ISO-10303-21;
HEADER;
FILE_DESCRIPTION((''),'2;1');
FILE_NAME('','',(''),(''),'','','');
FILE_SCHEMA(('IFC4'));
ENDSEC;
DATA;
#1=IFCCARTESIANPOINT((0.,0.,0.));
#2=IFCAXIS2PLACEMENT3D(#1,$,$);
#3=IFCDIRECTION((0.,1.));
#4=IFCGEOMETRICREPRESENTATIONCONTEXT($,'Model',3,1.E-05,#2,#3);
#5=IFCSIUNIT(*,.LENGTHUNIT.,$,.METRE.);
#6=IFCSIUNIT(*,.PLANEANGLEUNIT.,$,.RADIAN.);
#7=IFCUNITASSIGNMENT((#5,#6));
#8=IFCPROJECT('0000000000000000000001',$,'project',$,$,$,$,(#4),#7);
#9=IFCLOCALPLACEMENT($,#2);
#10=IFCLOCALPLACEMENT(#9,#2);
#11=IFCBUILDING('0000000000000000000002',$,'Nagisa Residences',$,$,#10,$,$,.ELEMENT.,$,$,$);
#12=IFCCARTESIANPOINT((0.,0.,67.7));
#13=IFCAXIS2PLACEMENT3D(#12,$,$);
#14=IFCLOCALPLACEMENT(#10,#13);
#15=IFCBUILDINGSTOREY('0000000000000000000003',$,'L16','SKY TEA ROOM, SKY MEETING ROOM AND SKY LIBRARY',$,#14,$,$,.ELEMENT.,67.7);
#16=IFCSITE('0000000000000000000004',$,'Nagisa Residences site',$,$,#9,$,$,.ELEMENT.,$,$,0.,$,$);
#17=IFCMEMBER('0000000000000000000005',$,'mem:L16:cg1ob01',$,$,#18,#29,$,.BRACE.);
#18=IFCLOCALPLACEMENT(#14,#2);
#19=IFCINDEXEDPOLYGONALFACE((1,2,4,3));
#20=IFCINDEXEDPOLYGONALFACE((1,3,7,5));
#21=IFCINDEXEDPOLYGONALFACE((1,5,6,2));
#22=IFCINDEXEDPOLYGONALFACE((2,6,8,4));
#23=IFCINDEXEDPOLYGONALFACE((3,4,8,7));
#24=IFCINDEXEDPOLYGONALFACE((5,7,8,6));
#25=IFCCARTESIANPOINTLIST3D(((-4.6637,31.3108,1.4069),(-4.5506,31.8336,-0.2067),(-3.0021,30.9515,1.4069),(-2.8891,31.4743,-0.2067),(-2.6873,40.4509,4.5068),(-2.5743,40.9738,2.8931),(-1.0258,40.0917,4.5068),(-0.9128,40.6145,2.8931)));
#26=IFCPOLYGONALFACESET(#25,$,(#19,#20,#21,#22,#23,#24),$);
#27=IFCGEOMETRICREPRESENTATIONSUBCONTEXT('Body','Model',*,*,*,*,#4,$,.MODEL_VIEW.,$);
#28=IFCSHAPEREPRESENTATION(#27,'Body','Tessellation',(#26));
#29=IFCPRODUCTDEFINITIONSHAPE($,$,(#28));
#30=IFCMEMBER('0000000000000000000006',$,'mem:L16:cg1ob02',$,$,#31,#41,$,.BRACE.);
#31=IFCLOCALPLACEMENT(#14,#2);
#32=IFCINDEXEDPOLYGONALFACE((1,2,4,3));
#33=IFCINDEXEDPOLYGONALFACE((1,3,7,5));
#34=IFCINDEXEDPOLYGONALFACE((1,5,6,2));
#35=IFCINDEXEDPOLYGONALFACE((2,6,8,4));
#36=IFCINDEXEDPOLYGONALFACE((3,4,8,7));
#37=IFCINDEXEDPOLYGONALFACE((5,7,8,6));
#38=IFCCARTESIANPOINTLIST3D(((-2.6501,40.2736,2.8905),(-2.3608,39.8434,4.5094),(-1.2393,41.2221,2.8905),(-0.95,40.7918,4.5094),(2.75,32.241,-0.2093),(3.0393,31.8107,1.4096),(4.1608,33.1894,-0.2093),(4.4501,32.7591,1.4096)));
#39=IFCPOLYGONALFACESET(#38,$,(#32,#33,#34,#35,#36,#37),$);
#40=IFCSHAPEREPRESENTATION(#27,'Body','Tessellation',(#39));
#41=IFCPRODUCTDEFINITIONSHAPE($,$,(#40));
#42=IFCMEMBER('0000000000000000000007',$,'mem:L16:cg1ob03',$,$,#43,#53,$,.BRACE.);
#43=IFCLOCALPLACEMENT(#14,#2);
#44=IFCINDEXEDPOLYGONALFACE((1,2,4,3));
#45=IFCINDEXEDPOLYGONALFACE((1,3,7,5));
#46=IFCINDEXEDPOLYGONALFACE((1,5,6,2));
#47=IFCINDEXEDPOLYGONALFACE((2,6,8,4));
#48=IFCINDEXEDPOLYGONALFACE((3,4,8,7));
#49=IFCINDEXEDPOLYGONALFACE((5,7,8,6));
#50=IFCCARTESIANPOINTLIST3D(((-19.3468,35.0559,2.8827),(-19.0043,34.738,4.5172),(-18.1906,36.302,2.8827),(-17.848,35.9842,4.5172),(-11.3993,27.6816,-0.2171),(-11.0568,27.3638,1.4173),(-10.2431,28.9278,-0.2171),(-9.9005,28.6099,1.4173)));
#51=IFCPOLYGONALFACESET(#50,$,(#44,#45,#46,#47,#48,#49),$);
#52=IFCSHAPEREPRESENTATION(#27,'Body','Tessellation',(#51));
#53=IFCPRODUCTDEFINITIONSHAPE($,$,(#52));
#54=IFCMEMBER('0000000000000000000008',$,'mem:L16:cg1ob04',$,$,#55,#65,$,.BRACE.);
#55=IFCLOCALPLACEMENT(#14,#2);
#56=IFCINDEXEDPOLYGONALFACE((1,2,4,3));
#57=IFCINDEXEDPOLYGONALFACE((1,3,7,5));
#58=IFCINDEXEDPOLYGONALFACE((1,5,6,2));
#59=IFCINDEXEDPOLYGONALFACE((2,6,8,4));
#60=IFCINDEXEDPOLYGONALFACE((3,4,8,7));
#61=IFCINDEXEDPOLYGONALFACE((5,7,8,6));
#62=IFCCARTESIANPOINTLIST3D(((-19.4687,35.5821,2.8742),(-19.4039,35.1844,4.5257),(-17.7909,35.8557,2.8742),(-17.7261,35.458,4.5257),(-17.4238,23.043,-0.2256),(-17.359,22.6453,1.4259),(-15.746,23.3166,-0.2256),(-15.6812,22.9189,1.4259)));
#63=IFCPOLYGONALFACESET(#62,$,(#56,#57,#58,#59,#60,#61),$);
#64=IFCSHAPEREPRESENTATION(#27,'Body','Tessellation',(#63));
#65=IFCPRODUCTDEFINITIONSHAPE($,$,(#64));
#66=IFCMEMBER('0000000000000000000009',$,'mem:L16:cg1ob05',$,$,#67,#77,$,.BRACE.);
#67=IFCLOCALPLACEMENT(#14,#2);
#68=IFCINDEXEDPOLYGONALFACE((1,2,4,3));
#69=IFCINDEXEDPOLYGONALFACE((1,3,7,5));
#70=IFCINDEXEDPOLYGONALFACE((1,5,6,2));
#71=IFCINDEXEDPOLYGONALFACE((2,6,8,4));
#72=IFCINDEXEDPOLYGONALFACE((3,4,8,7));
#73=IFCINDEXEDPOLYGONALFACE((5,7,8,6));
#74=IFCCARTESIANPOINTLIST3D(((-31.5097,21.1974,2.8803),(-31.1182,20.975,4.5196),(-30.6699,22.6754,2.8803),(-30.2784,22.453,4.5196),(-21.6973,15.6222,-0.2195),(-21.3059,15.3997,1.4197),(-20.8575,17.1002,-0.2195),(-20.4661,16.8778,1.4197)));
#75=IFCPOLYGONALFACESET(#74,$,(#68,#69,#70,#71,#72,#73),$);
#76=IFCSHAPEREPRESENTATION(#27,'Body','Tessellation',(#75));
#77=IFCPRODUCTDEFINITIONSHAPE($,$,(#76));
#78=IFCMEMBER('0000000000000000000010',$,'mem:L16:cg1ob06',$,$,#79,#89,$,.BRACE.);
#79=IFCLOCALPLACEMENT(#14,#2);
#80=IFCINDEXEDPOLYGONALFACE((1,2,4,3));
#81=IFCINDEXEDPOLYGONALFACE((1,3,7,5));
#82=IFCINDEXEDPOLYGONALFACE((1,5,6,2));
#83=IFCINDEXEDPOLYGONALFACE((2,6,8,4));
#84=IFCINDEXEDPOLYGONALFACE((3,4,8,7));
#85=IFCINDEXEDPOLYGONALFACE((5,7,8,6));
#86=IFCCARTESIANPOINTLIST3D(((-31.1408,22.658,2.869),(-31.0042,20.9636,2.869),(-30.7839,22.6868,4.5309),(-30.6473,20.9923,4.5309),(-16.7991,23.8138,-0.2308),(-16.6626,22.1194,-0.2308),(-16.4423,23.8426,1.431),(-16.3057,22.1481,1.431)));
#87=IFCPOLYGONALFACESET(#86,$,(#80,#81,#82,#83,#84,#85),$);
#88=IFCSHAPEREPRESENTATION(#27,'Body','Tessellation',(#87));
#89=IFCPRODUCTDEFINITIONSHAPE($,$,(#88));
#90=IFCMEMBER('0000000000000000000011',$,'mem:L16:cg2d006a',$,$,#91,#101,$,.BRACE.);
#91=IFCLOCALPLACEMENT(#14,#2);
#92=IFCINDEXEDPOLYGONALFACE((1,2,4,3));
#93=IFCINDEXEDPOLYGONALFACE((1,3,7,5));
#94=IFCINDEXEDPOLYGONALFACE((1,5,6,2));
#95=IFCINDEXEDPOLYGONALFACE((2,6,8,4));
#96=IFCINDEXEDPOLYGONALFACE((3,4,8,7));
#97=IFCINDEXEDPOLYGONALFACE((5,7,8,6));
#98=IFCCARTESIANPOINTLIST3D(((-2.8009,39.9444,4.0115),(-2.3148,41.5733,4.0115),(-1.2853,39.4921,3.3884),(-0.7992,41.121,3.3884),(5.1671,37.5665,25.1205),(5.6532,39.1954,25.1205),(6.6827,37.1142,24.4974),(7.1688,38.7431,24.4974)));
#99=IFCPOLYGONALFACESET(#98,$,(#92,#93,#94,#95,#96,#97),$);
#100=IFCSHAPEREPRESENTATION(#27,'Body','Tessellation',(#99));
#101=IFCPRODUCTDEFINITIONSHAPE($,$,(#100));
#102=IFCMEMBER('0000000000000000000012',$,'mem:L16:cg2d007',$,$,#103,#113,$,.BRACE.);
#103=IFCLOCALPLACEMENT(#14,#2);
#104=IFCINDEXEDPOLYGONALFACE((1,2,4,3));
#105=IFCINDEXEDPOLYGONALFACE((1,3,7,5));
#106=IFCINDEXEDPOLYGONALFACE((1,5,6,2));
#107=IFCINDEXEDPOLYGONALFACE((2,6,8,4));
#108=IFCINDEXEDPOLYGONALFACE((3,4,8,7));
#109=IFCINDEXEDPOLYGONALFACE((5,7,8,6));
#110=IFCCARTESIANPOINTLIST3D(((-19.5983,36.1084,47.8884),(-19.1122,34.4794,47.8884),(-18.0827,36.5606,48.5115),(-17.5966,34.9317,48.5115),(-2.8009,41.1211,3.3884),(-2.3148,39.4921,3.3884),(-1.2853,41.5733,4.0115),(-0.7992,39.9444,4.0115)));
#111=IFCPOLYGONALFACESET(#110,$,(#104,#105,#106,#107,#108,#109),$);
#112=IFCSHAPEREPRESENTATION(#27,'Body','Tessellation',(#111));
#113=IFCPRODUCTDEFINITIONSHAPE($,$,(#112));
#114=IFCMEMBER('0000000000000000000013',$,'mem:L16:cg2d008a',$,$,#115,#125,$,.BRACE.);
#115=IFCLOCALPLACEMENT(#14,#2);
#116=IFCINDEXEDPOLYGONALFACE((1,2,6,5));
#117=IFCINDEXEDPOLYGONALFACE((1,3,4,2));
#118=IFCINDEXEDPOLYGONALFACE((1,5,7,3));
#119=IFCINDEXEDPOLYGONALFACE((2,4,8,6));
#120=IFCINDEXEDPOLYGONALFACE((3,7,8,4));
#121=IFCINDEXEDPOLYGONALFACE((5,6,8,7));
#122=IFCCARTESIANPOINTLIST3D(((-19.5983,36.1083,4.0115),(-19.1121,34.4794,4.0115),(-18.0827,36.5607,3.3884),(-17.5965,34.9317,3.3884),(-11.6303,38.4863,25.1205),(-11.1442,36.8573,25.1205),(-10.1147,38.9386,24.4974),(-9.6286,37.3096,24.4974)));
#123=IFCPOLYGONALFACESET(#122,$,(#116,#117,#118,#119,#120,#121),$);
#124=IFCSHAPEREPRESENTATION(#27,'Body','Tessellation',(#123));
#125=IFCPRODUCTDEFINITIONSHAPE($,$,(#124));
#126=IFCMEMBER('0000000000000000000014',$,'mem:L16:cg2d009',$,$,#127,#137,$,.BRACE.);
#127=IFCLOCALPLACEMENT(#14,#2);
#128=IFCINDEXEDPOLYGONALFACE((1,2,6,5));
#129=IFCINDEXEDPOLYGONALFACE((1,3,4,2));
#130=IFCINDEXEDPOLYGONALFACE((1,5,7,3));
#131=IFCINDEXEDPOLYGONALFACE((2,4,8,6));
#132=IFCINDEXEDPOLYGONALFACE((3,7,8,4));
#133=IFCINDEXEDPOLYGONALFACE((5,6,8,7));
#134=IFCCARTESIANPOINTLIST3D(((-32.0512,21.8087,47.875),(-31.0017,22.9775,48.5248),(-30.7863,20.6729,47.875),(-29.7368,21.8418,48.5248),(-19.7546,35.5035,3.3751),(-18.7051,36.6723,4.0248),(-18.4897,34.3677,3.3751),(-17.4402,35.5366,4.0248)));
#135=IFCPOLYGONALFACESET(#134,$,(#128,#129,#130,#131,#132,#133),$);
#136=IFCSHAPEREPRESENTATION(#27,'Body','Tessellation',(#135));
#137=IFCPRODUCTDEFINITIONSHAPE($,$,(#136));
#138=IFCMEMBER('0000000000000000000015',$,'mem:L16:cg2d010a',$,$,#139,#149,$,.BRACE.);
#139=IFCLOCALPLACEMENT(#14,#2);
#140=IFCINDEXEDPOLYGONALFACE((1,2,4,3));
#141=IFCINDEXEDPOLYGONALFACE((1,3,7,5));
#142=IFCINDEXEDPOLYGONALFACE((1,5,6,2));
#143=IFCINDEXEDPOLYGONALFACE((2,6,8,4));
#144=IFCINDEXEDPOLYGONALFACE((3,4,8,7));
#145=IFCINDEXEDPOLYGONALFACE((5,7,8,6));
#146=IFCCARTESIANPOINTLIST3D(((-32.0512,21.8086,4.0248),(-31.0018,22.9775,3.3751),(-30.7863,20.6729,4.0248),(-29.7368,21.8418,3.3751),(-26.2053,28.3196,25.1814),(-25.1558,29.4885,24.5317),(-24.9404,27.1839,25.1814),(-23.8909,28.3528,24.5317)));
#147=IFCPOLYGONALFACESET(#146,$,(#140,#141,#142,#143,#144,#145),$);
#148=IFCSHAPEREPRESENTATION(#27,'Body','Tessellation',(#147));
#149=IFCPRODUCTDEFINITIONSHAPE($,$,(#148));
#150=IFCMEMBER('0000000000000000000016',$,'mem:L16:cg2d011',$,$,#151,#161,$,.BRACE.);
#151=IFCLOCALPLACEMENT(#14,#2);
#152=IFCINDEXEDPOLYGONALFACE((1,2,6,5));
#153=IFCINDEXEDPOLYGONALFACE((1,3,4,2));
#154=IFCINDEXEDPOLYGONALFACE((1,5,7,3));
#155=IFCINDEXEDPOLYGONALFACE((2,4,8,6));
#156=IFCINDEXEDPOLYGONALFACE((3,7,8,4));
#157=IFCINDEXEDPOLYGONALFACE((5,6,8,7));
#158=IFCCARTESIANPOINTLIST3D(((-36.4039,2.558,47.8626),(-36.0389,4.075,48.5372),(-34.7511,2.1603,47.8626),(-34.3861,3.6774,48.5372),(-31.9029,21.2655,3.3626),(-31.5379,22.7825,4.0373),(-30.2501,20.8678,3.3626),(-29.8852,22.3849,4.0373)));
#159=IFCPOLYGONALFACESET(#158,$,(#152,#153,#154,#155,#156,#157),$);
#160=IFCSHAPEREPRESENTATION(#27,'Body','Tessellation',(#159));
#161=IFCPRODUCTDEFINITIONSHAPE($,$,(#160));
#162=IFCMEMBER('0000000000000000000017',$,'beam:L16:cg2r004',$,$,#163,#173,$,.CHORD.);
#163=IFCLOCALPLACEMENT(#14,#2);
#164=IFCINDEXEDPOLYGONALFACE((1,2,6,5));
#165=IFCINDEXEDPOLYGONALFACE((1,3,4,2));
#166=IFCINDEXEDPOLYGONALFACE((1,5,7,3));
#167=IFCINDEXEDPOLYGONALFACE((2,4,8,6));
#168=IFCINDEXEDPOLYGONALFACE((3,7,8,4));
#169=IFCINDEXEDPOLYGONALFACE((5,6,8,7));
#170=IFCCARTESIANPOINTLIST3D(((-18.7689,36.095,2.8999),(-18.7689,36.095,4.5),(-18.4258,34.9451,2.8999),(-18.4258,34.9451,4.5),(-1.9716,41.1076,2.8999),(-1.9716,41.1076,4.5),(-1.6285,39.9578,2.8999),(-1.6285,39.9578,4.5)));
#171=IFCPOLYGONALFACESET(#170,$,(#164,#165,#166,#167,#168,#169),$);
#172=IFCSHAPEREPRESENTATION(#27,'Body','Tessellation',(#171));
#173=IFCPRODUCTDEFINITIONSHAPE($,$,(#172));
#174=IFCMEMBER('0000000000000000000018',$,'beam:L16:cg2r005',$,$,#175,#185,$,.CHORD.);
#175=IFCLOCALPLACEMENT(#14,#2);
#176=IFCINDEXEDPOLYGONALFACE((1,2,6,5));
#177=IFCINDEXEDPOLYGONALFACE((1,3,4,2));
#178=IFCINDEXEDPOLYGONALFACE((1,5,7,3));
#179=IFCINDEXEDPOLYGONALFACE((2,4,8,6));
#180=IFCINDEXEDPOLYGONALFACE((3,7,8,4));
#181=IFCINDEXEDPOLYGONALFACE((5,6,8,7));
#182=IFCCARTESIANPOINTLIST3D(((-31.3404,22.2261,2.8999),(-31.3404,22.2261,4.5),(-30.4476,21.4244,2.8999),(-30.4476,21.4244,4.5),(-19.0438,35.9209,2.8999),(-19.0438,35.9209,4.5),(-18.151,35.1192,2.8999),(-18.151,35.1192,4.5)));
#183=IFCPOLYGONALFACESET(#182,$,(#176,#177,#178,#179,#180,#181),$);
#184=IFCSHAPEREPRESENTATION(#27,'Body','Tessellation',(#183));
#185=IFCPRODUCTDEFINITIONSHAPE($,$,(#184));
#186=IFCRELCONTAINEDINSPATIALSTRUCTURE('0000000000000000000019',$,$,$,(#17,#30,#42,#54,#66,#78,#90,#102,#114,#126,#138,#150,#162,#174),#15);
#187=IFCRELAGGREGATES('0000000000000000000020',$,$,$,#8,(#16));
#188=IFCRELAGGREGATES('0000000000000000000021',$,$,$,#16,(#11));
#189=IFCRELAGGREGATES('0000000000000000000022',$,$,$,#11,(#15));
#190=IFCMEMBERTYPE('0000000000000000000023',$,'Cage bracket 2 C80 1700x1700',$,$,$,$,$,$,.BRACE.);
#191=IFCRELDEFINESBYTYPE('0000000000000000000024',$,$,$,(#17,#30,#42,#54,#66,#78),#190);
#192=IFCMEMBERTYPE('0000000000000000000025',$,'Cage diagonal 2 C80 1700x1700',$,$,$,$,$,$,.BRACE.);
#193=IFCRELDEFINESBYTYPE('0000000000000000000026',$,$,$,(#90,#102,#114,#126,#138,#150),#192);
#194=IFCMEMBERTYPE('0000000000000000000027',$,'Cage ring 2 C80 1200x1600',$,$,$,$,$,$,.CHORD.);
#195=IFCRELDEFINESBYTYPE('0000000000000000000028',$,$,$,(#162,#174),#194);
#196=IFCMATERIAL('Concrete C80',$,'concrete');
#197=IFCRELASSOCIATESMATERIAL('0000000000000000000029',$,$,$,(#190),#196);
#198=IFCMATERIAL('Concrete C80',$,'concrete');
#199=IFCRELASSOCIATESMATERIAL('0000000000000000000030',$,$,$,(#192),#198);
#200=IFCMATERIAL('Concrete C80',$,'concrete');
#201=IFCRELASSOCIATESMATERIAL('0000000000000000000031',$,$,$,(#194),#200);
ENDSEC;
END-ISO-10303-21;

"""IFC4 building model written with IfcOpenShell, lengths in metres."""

from ifc_helpers import new_model, si_unit, direction, frame, origin, origin_2d, place, context, subcontext, project, spatial, rectangle, extrude, material, material_profile, profile_set, type_object, element, save


model = new_model("IFC4")

# Units and contexts
model_context = context("Model", 3, precision=1e-05, world=origin(), true_north=direction((0.0, 1.0)))
body_context = subcontext(model_context, "Body", "Model", "MODEL_VIEW")
ifc_project = project(units=[si_unit("LENGTHUNIT", "METRE"), si_unit("PLANEANGLEUNIT", "RADIAN")], contexts=[model_context])

# Site, building, storey
site_placement = place(None, origin())
site = spatial("IfcSite", under=ifc_project, at=site_placement, Name="Nagisa Residences site", CompositionType="ELEMENT", RefElevation=0.0)
building_placement = place(site_placement, origin())
building = spatial("IfcBuilding", under=site, at=building_placement, Name="Nagisa Residences", CompositionType="ELEMENT")
storey_placement = place(building_placement, frame((0.0, 0.0, 67.7)))
storey = spatial("IfcBuildingStorey", under=building, at=storey_placement, Name="L16", Description="SKY TEA ROOM, SKY MEETING ROOM AND SKY LIBRARY", CompositionType="ELEMENT", Elevation=67.7)

# Members
ifc_material_1 = material(Name="Concrete C80", Category="concrete")
ifc_material_profile_1 = material_profile(ifc_material_1, rectangle(XDim=1.7, YDim=1.7, at=origin_2d()), Name="C80 1700x1700")
ifc_profile_set_1 = profile_set([ifc_material_profile_1], Name="Concrete C80")
member_type_1 = type_object("IfcMemberType", Name="Cage bracket 2 C80 1700x1700", PredefinedType="BRACE", material=ifc_profile_set_1)
member_1_placement = place(storey_placement, frame((-1.8, 40.5327, 3.7), z_axis=(-0.200606, -0.927768, -0.31465), x_axis=(0.977413, -0.21134, 0.0)))
element("IfcMember", 1, at=member_1_placement, inside=storey, type_object=member_type_1, Name="mem:L16:cg1ob01", PredefinedType="BRACE", context=body_context, shape_type="SweptSolid", body=[
    extrude(rectangle(XDim=1.7, YDim=1.7, at=origin_2d()), origin(), (0.0, 0.0, 1.0), 9.8518),
])
member_2_placement = place(storey_placement, frame((-1.8, 40.5327, 3.7), z_axis=(0.531331, -0.790355, -0.305001), x_axis=(0.829898, 0.557915, 0.0)))
element("IfcMember", 2, at=member_2_placement, inside=storey, type_object=member_type_1, Name="mem:L16:cg1ob02", PredefinedType="BRACE", context=body_context, shape_type="SweptSolid", body=[
    extrude(rectangle(XDim=1.7, YDim=1.7, at=origin_2d()), origin(), (0.0, 0.0, 1.0), 10.1633),
])
member_3_placement = place(storey_placement, frame((-18.5974, 35.52, 3.7), z_axis=(0.704806, -0.65397, -0.274903), x_axis=(0.680176, 0.733049, 0.0)))
element("IfcMember", 3, at=member_3_placement, inside=storey, type_object=member_type_1, Name="mem:L16:cg1ob03", PredefinedType="BRACE", context=body_context, shape_type="SweptSolid", body=[
    extrude(rectangle(XDim=1.7, YDim=1.7, at=origin_2d()), origin(), (0.0, 0.0, 1.0), 11.2761),
])
member_4_placement = place(storey_placement, frame((-18.5974, 35.52, 3.7), z_axis=(0.15637, -0.958833, -0.237039), x_axis=(0.986961, 0.160958, 0.0)))
element("IfcMember", 4, at=member_4_placement, inside=storey, type_object=member_type_1, Name="mem:L16:cg1ob04", PredefinedType="BRACE", context=body_context, shape_type="SweptSolid", body=[
    extrude(rectangle(XDim=1.7, YDim=1.7, at=origin_2d()), origin(), (0.0, 0.0, 1.0), 13.0774),
])
member_5_placement = place(storey_placement, frame((-30.894, 21.8252, 3.7), z_axis=(0.838402, -0.476369, -0.264865), x_axis=(0.494013, 0.869455, 0.0)))
element("IfcMember", 5, at=member_5_placement, inside=storey, type_object=member_type_1, Name="mem:L16:cg1ob05", PredefinedType="BRACE", context=body_context, shape_type="SweptSolid", body=[
    extrude(rectangle(XDim=1.7, YDim=1.7, at=origin_2d()), origin(), (0.0, 0.0, 1.0), 11.7036),
])
member_6_placement = place(storey_placement, frame((-30.894, 21.8252, 3.7), z_axis=(0.97441, 0.078526, -0.210614), x_axis=(-0.080328, 0.996768, 0.0)))
element("IfcMember", 6, at=member_6_placement, inside=storey, type_object=member_type_1, Name="mem:L16:cg1ob06", PredefinedType="BRACE", context=body_context, shape_type="SweptSolid", body=[
    extrude(rectangle(XDim=1.7, YDim=1.7, at=origin_2d()), origin(), (0.0, 0.0, 1.0), 14.7183),
])
ifc_material_2 = material(Name="Concrete C80", Category="concrete")
ifc_material_profile_2 = material_profile(ifc_material_2, rectangle(XDim=1.7, YDim=1.7, at=origin_2d()), Name="C80 1700x1700")
ifc_profile_set_2 = profile_set([ifc_material_profile_2], Name="Concrete C80")
member_type_2 = type_object("IfcMemberType", Name="Cage diagonal 2 C80 1700x1700", PredefinedType="BRACE", material=ifc_profile_set_2)
member_7_placement = place(storey_placement, frame((-1.8, 40.5327, 3.7), z_axis=(0.351202, -0.104811, 0.930415), x_axis=(0.285971, 0.958238, 0.0)))
element("IfcMember", 7, at=member_7_placement, inside=storey, type_object=member_type_2, Name="mem:L16:cg2d006a", PredefinedType="BRACE", context=body_context, shape_type="SweptSolid", body=[
    extrude(rectangle(XDim=1.7, YDim=1.7, at=origin_2d()), origin(), (0.0, 0.0, 1.0), 22.6877),
])
member_8_placement = place(storey_placement, frame((-1.8, 40.5327, 3.7), z_axis=(-0.351203, -0.104806, 0.930415), x_axis=(0.28596, -0.958242, 0.0)))
element("IfcMember", 8, at=member_8_placement, inside=storey, type_object=member_type_2, Name="mem:L16:cg2d007", PredefinedType="BRACE", context=body_context, shape_type="SweptSolid", body=[
    extrude(rectangle(XDim=1.7, YDim=1.7, at=origin_2d()), origin(), (0.0, 0.0, 1.0), 47.8281),
])
member_9_placement = place(storey_placement, frame((-18.5974, 35.52, 3.7), z_axis=(0.351202, 0.104811, 0.930415), x_axis=(-0.285971, 0.958238, 0.0)))
element("IfcMember", 9, at=member_9_placement, inside=storey, type_object=member_type_2, Name="mem:L16:cg2d008a", PredefinedType="BRACE", context=body_context, shape_type="SweptSolid", body=[
    extrude(rectangle(XDim=1.7, YDim=1.7, at=origin_2d()), origin(), (0.0, 0.0, 1.0), 22.6877),
])
member_10_placement = place(storey_placement, frame((-18.5974, 35.52, 3.7), z_axis=(-0.25535, -0.284384, 0.924079), x_axis=(0.744069, -0.668102, 0.0)))
element("IfcMember", 10, at=member_10_placement, inside=storey, type_object=member_type_2, Name="mem:L16:cg2d009", PredefinedType="BRACE", context=body_context, shape_type="SweptSolid", body=[
    extrude(rectangle(XDim=1.7, YDim=1.7, at=origin_2d()), origin(), (0.0, 0.0, 1.0), 48.156),
])
member_11_placement = place(storey_placement, frame((-30.894, 21.8252, 3.7), z_axis=(0.255341, 0.284389, 0.92408), x_axis=(-0.744086, 0.668084, 0.0)))
element("IfcMember", 11, at=member_11_placement, inside=storey, type_object=member_type_2, Name="mem:L16:cg2d010a", PredefinedType="BRACE", context=body_context, shape_type="SweptSolid", body=[
    extrude(rectangle(XDim=1.7, YDim=1.7, at=origin_2d()), origin(), (0.0, 0.0, 1.0), 22.8948),
])
member_12_placement = place(storey_placement, frame((-30.894, 21.8252, 3.7), z_axis=(-0.092839, -0.385867, 0.917871), x_axis=(0.972255, -0.233922, 0.0)))
element("IfcMember", 12, at=member_12_placement, inside=storey, type_object=member_type_2, Name="mem:L16:cg2d011", PredefinedType="BRACE", context=body_context, shape_type="SweptSolid", body=[
    extrude(rectangle(XDim=1.7, YDim=1.7, at=origin_2d()), origin(), (0.0, 0.0, 1.0), 48.4817),
])
ifc_material_3 = material(Name="Concrete C80", Category="concrete")
ifc_material_profile_3 = material_profile(ifc_material_3, rectangle(XDim=1.2, YDim=1.6001, at=origin_2d()), Name="C80 1200x1600")
ifc_profile_set_3 = profile_set([ifc_material_profile_3], Name="Concrete C80")
member_type_3 = type_object("IfcMemberType", Name="Cage ring 2 C80 1200x1600", PredefinedType="CHORD", material=ifc_profile_set_3)
member_13_placement = place(storey_placement, frame((-1.8, 40.5327, 3.7), z_axis=(-0.958242, -0.28596, 0.0), x_axis=(0.28596, -0.958242, 0.0)))
element("IfcMember", 13, at=member_13_placement, inside=storey, type_object=member_type_3, Name="beam:L16:cg2r004", PredefinedType="CHORD", context=body_context, shape_type="SweptSolid", body=[
    extrude(rectangle(XDim=1.2, YDim=1.6001, at=origin_2d()), origin(), (0.0, 0.0, 1.0), 17.5293),
])
member_14_placement = place(storey_placement, frame((-18.5974, 35.52, 3.7), z_axis=(-0.668102, -0.744069, 0.0), x_axis=(0.744069, -0.668102, 0.0)))
element("IfcMember", 14, at=member_14_placement, inside=storey, type_object=member_type_3, Name="beam:L16:cg2r005", PredefinedType="CHORD", context=body_context, shape_type="SweptSolid", body=[
    extrude(rectangle(XDim=1.2, YDim=1.6001, at=origin_2d()), origin(), (0.0, 0.0, 1.0), 18.4053),
])

save(model, "model.ifc")
